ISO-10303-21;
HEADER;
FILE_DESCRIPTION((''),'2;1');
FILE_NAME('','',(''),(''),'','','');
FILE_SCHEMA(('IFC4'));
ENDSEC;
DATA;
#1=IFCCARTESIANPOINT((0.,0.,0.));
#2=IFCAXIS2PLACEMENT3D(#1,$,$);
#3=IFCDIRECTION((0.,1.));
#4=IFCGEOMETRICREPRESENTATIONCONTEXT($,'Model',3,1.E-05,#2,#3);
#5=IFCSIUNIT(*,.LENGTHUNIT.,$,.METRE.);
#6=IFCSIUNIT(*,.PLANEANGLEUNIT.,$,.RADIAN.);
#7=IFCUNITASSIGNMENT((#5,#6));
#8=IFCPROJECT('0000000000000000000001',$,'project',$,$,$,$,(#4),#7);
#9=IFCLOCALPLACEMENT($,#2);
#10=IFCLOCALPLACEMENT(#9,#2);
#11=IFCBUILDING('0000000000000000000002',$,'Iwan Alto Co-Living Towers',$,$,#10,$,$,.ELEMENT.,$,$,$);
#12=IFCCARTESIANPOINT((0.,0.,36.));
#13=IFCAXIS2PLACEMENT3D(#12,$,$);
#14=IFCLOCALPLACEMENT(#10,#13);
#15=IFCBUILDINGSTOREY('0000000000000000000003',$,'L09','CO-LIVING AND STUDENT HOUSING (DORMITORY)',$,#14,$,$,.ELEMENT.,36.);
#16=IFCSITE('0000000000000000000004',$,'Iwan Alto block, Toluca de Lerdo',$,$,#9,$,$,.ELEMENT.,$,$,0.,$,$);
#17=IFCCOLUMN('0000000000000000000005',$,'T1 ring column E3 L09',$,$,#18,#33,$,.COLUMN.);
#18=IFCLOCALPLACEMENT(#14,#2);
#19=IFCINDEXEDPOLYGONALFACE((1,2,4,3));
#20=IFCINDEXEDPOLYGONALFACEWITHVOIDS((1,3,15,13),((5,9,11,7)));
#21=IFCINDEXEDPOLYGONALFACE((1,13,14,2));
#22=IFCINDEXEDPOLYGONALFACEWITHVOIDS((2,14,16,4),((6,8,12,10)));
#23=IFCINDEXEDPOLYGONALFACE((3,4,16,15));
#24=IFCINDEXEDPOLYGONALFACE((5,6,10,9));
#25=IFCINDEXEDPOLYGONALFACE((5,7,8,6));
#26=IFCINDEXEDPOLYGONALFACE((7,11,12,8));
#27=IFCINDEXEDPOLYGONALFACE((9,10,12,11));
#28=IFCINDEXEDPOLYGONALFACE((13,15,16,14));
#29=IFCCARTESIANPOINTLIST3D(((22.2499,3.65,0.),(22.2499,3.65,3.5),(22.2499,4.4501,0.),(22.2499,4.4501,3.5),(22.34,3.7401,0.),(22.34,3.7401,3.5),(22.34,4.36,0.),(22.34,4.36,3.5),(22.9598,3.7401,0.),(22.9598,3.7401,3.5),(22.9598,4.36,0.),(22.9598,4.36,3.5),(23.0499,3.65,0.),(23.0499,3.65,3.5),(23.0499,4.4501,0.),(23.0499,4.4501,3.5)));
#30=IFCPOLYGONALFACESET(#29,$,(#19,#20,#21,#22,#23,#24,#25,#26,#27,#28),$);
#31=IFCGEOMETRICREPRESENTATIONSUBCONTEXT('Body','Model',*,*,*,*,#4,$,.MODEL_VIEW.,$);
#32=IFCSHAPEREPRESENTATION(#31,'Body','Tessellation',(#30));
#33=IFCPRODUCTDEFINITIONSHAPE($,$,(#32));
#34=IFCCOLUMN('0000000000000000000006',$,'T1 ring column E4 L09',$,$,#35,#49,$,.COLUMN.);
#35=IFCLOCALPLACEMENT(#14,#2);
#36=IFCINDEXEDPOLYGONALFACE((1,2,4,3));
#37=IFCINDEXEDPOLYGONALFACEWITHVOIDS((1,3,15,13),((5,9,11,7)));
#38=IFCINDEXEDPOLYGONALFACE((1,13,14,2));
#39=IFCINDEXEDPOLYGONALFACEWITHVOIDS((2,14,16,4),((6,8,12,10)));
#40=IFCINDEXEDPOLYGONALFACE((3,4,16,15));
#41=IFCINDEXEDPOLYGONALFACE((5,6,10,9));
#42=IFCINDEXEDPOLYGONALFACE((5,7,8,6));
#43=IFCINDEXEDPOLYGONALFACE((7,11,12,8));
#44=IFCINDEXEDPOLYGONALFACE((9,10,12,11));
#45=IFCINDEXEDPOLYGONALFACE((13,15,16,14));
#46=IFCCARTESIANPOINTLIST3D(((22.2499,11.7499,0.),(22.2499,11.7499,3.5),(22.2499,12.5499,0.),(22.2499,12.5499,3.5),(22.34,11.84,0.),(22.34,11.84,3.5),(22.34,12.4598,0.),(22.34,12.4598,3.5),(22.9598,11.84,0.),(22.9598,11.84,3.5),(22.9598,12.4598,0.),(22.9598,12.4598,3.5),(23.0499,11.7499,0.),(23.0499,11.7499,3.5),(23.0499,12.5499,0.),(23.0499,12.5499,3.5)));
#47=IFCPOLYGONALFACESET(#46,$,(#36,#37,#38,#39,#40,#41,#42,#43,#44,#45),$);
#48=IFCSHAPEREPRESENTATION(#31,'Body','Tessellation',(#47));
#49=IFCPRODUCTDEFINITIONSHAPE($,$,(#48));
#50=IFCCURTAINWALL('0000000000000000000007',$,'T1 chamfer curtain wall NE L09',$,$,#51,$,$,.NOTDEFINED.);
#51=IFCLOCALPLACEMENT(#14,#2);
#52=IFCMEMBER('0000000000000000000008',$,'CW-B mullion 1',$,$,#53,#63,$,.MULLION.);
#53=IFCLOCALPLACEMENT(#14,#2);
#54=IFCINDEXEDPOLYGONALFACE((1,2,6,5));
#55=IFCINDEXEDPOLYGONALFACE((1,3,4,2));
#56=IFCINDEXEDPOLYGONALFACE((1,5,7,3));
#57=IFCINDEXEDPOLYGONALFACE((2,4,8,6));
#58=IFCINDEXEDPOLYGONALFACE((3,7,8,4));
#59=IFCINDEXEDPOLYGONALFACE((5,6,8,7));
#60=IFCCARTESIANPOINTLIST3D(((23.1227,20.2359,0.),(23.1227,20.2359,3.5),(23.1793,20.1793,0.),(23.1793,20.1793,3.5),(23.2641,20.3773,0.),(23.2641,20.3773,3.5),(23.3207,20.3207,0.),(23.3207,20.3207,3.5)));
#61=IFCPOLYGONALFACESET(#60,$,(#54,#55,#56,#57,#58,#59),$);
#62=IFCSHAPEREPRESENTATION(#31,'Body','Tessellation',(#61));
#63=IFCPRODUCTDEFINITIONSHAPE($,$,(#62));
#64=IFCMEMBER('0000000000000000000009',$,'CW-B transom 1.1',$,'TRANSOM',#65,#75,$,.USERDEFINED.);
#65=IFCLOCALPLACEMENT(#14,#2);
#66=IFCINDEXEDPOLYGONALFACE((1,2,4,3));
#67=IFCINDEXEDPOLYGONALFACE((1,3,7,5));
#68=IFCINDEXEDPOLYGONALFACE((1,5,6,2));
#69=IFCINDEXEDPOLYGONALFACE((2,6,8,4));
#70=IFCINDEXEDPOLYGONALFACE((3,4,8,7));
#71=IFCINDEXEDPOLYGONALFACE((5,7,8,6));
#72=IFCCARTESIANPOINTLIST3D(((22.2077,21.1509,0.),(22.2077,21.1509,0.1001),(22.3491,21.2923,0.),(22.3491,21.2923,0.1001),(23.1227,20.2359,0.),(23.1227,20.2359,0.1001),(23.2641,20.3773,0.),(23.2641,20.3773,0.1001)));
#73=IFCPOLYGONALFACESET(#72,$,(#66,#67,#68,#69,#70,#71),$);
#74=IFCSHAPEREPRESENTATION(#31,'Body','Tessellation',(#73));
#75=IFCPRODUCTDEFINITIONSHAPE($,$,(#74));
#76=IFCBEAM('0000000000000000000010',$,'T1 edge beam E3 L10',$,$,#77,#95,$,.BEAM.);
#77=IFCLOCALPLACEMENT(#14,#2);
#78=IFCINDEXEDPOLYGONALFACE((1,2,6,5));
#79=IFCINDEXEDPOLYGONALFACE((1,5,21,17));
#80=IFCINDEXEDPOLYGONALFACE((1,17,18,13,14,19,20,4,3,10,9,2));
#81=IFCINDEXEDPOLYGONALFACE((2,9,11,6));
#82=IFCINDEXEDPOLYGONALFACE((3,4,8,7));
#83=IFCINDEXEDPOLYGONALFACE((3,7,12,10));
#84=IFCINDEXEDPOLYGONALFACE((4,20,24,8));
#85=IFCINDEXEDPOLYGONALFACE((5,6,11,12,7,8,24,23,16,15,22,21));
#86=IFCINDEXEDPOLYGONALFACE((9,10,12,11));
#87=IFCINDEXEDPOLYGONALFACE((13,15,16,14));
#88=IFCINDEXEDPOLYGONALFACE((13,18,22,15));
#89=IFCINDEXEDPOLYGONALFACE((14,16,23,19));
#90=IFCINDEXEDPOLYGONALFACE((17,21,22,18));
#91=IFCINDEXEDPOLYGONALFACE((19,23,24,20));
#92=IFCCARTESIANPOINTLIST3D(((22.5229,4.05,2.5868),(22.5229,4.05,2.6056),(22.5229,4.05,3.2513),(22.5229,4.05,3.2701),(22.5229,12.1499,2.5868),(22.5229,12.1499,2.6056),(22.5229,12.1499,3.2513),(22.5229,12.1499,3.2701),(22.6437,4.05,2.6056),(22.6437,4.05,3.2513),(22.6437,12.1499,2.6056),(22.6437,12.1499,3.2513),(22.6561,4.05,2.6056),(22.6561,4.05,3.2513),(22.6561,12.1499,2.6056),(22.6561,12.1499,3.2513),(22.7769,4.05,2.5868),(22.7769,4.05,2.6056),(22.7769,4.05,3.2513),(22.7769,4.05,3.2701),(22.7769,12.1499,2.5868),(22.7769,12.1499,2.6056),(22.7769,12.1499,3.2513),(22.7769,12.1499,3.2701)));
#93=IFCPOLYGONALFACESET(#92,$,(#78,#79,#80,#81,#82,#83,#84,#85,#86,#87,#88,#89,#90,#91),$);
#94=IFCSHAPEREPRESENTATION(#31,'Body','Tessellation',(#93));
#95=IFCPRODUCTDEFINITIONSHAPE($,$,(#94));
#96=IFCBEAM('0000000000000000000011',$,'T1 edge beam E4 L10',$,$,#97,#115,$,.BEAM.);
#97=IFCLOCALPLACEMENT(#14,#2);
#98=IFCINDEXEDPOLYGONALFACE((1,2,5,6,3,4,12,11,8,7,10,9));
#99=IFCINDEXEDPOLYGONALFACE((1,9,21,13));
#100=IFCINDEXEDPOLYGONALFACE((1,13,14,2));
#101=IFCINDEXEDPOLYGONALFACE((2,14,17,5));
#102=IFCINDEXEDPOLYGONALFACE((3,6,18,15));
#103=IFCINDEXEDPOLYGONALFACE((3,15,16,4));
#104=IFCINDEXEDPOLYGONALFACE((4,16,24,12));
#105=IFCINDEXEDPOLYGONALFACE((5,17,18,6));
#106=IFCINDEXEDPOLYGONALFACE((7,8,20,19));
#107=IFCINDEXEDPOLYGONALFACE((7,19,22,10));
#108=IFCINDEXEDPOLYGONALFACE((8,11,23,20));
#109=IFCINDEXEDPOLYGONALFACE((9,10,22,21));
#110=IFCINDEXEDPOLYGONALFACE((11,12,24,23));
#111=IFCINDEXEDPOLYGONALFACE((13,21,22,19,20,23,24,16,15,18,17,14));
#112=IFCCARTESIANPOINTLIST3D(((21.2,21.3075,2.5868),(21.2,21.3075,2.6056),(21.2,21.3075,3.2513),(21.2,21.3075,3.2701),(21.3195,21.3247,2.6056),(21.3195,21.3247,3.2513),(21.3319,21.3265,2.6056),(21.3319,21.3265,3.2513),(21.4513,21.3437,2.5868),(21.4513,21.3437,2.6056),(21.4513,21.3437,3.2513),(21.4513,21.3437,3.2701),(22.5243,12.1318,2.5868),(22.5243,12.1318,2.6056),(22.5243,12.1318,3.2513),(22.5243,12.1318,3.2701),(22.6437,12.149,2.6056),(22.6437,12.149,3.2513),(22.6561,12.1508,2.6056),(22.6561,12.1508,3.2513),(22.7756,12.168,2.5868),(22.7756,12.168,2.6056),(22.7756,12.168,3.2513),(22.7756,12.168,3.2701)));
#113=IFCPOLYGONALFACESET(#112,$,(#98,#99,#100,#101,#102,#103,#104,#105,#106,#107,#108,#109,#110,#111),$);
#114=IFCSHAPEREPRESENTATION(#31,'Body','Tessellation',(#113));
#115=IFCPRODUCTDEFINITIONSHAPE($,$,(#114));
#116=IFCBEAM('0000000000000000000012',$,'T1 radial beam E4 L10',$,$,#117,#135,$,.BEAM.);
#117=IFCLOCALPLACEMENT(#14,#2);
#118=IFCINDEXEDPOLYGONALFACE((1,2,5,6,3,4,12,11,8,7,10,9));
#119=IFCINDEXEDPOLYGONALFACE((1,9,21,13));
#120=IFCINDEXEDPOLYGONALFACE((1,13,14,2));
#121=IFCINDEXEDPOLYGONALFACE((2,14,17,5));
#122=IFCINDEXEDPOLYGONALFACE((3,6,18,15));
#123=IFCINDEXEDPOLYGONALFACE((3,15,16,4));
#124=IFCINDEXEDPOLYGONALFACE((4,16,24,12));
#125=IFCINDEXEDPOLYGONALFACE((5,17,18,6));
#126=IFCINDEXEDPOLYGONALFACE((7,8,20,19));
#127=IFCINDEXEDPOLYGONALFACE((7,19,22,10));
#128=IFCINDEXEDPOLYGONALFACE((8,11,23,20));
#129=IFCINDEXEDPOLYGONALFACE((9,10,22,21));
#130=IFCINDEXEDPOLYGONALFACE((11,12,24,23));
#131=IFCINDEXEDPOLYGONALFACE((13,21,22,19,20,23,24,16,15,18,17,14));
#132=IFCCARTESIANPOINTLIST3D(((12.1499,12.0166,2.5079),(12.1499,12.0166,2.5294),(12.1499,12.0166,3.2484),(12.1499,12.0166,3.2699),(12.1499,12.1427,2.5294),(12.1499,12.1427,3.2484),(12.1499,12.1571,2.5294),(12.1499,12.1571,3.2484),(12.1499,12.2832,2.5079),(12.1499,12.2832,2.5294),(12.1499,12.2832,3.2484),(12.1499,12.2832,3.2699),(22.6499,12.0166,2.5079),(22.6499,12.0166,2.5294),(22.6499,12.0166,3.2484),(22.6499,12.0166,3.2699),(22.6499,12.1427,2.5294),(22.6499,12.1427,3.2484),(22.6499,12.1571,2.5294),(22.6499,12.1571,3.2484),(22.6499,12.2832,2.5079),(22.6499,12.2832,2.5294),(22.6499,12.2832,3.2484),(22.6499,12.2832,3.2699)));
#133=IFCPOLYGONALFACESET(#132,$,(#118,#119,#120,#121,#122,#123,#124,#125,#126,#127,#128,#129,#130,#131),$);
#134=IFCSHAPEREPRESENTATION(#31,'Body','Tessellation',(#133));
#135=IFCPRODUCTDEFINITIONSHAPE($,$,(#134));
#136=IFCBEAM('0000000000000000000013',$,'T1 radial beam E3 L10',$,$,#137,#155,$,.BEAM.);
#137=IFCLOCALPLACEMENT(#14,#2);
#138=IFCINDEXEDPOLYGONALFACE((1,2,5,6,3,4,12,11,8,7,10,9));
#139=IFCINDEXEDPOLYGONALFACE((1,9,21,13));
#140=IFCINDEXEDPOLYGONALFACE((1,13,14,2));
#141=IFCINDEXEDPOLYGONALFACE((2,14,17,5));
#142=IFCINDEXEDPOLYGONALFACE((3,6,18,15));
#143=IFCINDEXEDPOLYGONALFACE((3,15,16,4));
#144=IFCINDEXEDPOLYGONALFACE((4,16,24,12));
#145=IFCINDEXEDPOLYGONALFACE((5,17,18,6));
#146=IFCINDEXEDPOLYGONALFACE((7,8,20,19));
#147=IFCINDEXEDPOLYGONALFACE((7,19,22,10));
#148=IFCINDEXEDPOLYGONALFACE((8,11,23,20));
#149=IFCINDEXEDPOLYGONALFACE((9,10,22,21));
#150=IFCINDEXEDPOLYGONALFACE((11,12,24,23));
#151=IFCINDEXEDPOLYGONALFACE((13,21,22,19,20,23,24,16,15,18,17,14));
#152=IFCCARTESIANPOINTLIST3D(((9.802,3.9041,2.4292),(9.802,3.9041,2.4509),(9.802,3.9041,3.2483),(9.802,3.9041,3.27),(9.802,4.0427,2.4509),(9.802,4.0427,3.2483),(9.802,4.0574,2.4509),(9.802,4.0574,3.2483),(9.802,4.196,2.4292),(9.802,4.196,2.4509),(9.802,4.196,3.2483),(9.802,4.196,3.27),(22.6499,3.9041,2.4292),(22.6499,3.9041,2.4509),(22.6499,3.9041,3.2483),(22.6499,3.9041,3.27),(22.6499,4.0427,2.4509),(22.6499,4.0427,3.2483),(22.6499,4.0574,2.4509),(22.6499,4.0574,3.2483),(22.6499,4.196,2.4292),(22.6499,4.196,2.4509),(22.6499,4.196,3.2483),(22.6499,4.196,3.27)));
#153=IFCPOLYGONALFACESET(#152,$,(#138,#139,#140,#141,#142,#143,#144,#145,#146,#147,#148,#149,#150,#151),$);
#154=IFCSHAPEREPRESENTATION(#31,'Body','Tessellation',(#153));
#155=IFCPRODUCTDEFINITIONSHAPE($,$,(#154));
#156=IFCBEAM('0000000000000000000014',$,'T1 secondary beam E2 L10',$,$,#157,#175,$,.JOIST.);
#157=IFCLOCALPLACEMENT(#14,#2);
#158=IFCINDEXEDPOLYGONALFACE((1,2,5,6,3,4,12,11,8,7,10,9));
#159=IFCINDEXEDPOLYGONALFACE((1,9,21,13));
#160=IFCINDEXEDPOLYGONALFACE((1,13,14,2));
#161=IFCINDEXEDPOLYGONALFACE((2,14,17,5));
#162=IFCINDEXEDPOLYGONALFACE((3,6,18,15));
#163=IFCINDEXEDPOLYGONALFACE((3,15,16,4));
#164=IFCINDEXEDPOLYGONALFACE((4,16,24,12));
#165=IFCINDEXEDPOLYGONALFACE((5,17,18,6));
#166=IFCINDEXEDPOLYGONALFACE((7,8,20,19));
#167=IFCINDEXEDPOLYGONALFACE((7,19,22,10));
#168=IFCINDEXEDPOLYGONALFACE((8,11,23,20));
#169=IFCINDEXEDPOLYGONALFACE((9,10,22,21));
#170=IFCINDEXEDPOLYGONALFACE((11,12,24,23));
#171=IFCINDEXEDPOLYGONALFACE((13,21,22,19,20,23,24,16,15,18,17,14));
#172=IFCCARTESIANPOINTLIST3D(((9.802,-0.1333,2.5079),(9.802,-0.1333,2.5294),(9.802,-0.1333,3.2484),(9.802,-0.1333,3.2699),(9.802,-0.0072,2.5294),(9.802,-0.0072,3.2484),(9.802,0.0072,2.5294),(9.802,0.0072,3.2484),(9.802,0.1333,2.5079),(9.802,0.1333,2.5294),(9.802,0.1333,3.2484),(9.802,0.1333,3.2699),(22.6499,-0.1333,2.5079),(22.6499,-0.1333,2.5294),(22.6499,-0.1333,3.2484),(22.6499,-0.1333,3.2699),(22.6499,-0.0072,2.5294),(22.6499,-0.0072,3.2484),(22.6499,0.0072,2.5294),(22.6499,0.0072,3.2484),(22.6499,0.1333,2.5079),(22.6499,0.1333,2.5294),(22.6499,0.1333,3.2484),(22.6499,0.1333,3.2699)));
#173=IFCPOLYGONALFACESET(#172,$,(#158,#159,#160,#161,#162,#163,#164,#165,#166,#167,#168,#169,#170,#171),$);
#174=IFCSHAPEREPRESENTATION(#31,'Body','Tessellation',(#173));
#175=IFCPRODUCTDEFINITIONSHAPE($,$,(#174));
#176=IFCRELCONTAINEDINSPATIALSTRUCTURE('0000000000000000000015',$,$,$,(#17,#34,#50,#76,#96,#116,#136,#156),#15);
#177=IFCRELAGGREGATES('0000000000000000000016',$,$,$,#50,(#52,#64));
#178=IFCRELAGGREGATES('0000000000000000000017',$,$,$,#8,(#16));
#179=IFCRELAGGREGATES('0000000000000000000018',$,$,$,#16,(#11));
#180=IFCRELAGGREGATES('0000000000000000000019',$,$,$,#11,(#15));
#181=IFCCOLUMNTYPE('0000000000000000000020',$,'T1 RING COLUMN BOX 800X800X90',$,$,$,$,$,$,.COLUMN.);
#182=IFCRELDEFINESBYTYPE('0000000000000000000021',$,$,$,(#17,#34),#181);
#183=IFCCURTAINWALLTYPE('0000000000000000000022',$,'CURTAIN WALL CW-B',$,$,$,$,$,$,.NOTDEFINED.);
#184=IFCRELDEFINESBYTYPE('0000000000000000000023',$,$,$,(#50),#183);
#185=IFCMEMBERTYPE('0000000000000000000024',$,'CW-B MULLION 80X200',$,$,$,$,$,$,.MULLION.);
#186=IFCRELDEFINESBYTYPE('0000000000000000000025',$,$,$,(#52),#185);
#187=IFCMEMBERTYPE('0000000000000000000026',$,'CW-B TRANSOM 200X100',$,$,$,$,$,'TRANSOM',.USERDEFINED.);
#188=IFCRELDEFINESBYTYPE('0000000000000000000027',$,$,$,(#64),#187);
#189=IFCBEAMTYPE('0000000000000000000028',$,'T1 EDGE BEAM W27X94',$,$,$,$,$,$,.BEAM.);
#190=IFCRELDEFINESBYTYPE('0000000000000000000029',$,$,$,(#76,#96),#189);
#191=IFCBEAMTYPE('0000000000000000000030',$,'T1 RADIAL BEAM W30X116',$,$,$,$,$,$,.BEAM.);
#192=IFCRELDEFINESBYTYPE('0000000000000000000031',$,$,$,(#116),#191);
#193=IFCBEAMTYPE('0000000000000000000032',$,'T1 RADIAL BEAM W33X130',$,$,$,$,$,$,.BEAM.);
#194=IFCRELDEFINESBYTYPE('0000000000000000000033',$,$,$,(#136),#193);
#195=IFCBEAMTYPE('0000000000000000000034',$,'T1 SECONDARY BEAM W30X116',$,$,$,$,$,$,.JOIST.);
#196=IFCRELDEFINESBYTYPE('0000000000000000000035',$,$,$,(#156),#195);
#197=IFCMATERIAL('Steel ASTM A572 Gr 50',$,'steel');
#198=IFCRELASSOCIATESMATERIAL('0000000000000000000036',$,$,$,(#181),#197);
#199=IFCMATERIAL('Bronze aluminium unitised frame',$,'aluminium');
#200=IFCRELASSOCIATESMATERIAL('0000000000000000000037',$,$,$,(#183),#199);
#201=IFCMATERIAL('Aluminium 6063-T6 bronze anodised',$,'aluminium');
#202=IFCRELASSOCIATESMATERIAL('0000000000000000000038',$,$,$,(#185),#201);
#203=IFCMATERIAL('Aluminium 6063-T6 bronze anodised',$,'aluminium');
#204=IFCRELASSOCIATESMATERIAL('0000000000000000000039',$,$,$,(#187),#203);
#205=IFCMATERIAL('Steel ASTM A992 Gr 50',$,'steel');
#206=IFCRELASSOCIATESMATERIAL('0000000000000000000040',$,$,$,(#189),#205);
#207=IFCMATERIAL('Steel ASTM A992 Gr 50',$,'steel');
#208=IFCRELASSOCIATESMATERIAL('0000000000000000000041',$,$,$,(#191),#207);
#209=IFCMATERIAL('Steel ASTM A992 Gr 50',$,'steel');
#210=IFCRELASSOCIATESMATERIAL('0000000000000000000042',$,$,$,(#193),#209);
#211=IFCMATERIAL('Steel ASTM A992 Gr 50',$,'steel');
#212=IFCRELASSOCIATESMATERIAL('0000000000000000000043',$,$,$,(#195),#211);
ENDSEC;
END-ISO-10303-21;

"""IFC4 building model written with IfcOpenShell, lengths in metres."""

from ifc_helpers import new_model, si_unit, direction, frame, origin, origin_2d, place, context, subcontext, project, spatial, rectangle, hollow_rectangle, i_section, extrude, material, material_profile, profile_set, type_object, element, aggregate, save


model = new_model("IFC4")

# Units and contexts
model_context = context("Model", 3, precision=1e-05, world=origin(), true_north=direction((0.0, 1.0)))
body_context = subcontext(model_context, "Body", "Model", "MODEL_VIEW")
ifc_project = project(units=[si_unit("LENGTHUNIT", "METRE"), si_unit("PLANEANGLEUNIT", "RADIAN")], contexts=[model_context])

# Site, building, storey
site_placement = place(None, origin())
site = spatial("IfcSite", under=ifc_project, at=site_placement, Name="Iwan Alto block, Toluca de Lerdo", CompositionType="ELEMENT", RefElevation=0.0)
building_placement = place(site_placement, origin())
building = spatial("IfcBuilding", under=site, at=building_placement, Name="Iwan Alto Co-Living Towers", CompositionType="ELEMENT")
storey_placement = place(building_placement, frame((0.0, 0.0, 36.0)))
storey = spatial("IfcBuildingStorey", under=building, at=storey_placement, Name="L09", Description="CO-LIVING AND STUDENT HOUSING (DORMITORY)", CompositionType="ELEMENT", Elevation=36.0)

# Columns
ifc_material_1 = material(Name="Steel ASTM A572 Gr 50", Category="steel")
ifc_material_profile_1 = material_profile(ifc_material_1, hollow_rectangle(XDim=0.8, YDim=0.8, WallThickness=0.0901, at=origin_2d()), Name="BOX 800X800X90")
ifc_profile_set_1 = profile_set([ifc_material_profile_1], Name="Steel ASTM A572 Gr 50")
column_type = type_object("IfcColumnType", Name="T1 RING COLUMN BOX 800X800X90", PredefinedType="COLUMN", material=ifc_profile_set_1)
for number, where, z_axis, x_axis, name in (
    (1, (22.6499, 4.05, 0.0), (0.0, 0.0, 1.0), (1.0, 0.0, 0.0), "T1 ring column E3 L09"),
    (2, (22.6499, 12.1499, 0.0), (0.0, 0.0, 1.0), (1.0, 0.0, 0.0), "T1 ring column E4 L09"),
):
    element("IfcColumn", number, at=place(storey_placement, frame(where, z_axis=z_axis, x_axis=x_axis)), inside=storey, type_object=column_type, Name=name, PredefinedType="COLUMN", context=body_context, shape_type="SweptSolid", body=[
        extrude(hollow_rectangle(XDim=0.8, YDim=0.8, WallThickness=0.0901, at=origin_2d()), origin(), (0.0, 0.0, 1.0), 3.5),
    ])

# Curtain wall, members
ifc_material_2 = material(Name="Bronze aluminium unitised frame", Category="aluminium")
curtain_wall_type = type_object("IfcCurtainWallType", Name="CURTAIN WALL CW-B", PredefinedType="NOTDEFINED", material=ifc_material_2)
curtain_wall_placement = place(storey_placement, origin())
curtain_wall = element("IfcCurtainWall", 3, at=curtain_wall_placement, inside=storey, type_object=curtain_wall_type, Name="T1 chamfer curtain wall NE L09", PredefinedType="NOTDEFINED")
ifc_material_3 = material(Name="Aluminium 6063-T6 bronze anodised", Category="aluminium")
ifc_material_profile_2 = material_profile(ifc_material_3, rectangle(XDim=0.2, YDim=0.0801, at=origin_2d()), Name="AL 80X200")
ifc_profile_set_2 = profile_set([ifc_material_profile_2], Name="Aluminium 6063-T6 bronze anodised")
member_type_1 = type_object("IfcMemberType", Name="CW-B MULLION 80X200", PredefinedType="MULLION", material=ifc_profile_set_2)
member_1_placement = place(storey_placement, frame((23.2217, 20.2783, 0.0), z_axis=(0.0, 0.0, 1.0), x_axis=(-0.707107, -0.707107, 0.0)))
member_1 = element("IfcMember", 4, at=member_1_placement, type_object=member_type_1, Name="CW-B mullion 1", PredefinedType="MULLION", context=body_context, shape_type="SweptSolid", body=[
    extrude(rectangle(XDim=0.2, YDim=0.0801, at=origin_2d()), origin(), (0.0, 0.0, 1.0), 3.5),
])
ifc_material_4 = material(Name="Aluminium 6063-T6 bronze anodised", Category="aluminium")
ifc_material_profile_3 = material_profile(ifc_material_4, rectangle(XDim=0.2, YDim=0.1001, at=origin_2d()), Name="AL 200X100")
ifc_profile_set_3 = profile_set([ifc_material_profile_3], Name="Aluminium 6063-T6 bronze anodised")
member_type_2 = type_object("IfcMemberType", Name="CW-B TRANSOM 200X100", ElementType="TRANSOM", PredefinedType="USERDEFINED", material=ifc_profile_set_3)
member_2_placement = place(storey_placement, frame((23.1934, 20.3066, 0.05), z_axis=(-0.707107, 0.707107, 0.0), x_axis=(-0.707107, -0.707107, 0.0)))
member_2 = element("IfcMember", 5, at=member_2_placement, type_object=member_type_2, Name="CW-B transom 1.1", ObjectType="TRANSOM", PredefinedType="USERDEFINED", context=body_context, shape_type="SweptSolid", body=[
    extrude(rectangle(XDim=0.2, YDim=0.1001, at=origin_2d()), origin(), (0.0, 0.0, 1.0), 1.2939),
])
aggregate(curtain_wall, [member_1, member_2])

# Beams
ifc_material_5 = material(Name="Steel ASTM A992 Gr 50", Category="steel")
ifc_material_profile_4 = material_profile(ifc_material_5, i_section(OverallWidth=0.2539, OverallDepth=0.6833, WebThickness=0.0125, FlangeThickness=0.0188, at=origin_2d()), Name="W27X94")
ifc_profile_set_4 = profile_set([ifc_material_profile_4], Name="Steel ASTM A992 Gr 50")
beam_type_1 = type_object("IfcBeamType", Name="T1 EDGE BEAM W27X94", PredefinedType="BEAM", material=ifc_profile_set_4)
beam_1_placement = place(storey_placement, frame((22.6499, 4.05, 2.9285), z_axis=(0.0, 1.0, 0.0), x_axis=(-1.0, 0.0, 0.0)))
element("IfcBeam", 6, at=beam_1_placement, inside=storey, type_object=beam_type_1, Name="T1 edge beam E3 L10", PredefinedType="BEAM", context=body_context, shape_type="SweptSolid", body=[
    extrude(i_section(OverallWidth=0.2539, OverallDepth=0.6833, WebThickness=0.0125, FlangeThickness=0.0188, at=origin_2d()), origin(), (0.0, 0.0, 1.0), 8.0999),
])
beam_2_placement = place(storey_placement, frame((22.6499, 12.1499, 2.9285), z_axis=(-0.142837, 0.989746, 0.0), x_axis=(-0.989746, -0.142837, 0.0)))
element("IfcBeam", 7, at=beam_2_placement, inside=storey, type_object=beam_type_1, Name="T1 edge beam E4 L10", PredefinedType="BEAM", context=body_context, shape_type="SweptSolid", body=[
    extrude(i_section(OverallWidth=0.2539, OverallDepth=0.6833, WebThickness=0.0125, FlangeThickness=0.0188, at=origin_2d()), origin(), (0.0, 0.0, 1.0), 9.2708),
])
ifc_material_6 = material(Name="Steel ASTM A992 Gr 50", Category="steel")
ifc_material_profile_5 = material_profile(ifc_material_6, i_section(OverallWidth=0.2666, OverallDepth=0.762, WebThickness=0.0144, FlangeThickness=0.0215, at=origin_2d()), Name="W30X116")
ifc_profile_set_5 = profile_set([ifc_material_profile_5], Name="Steel ASTM A992 Gr 50")
beam_type_2 = type_object("IfcBeamType", Name="T1 RADIAL BEAM W30X116", PredefinedType="BEAM", material=ifc_profile_set_5)
beam_3_placement = place(storey_placement, frame((22.6499, 12.1499, 2.8889), z_axis=(-1.0, 0.0, 0.0), x_axis=(0.0, -1.0, 0.0)))
element("IfcBeam", 8, at=beam_3_placement, inside=storey, type_object=beam_type_2, Name="T1 radial beam E4 L10", PredefinedType="BEAM", context=body_context, shape_type="SweptSolid", body=[
    extrude(i_section(OverallWidth=0.2666, OverallDepth=0.762, WebThickness=0.0144, FlangeThickness=0.0215, at=origin_2d()), origin(), (0.0, 0.0, 1.0), 10.5),
])
ifc_material_7 = material(Name="Steel ASTM A992 Gr 50", Category="steel")
ifc_material_profile_6 = material_profile(ifc_material_7, i_section(OverallWidth=0.292, OverallDepth=0.8408, WebThickness=0.0146, FlangeThickness=0.0217, at=origin_2d()), Name="W33X130")
ifc_profile_set_6 = profile_set([ifc_material_profile_6], Name="Steel ASTM A992 Gr 50")
beam_type_3 = type_object("IfcBeamType", Name="T1 RADIAL BEAM W33X130", PredefinedType="BEAM", material=ifc_profile_set_6)
beam_4_placement = place(storey_placement, frame((22.6499, 4.05, 2.8496), z_axis=(-1.0, 0.0, 0.0), x_axis=(0.0, -1.0, 0.0)))
element("IfcBeam", 9, at=beam_4_placement, inside=storey, type_object=beam_type_3, Name="T1 radial beam E3 L10", PredefinedType="BEAM", context=body_context, shape_type="SweptSolid", body=[
    extrude(i_section(OverallWidth=0.292, OverallDepth=0.8408, WebThickness=0.0146, FlangeThickness=0.0217, at=origin_2d()), origin(), (0.0, 0.0, 1.0), 12.8479),
])
ifc_material_8 = material(Name="Steel ASTM A992 Gr 50", Category="steel")
ifc_material_profile_7 = material_profile(ifc_material_8, i_section(OverallWidth=0.2666, OverallDepth=0.762, WebThickness=0.0144, FlangeThickness=0.0215, at=origin_2d()), Name="W30X116")
ifc_profile_set_7 = profile_set([ifc_material_profile_7], Name="Steel ASTM A992 Gr 50")
beam_type_4 = type_object("IfcBeamType", Name="T1 SECONDARY BEAM W30X116", PredefinedType="JOIST", material=ifc_profile_set_7)
for number, where, z_axis, x_axis, name in (
    (10, (22.6499, 0.0, 2.8889), (-1.0, 0.0, 0.0), (0.0, -1.0, 0.0), "T1 secondary beam E2 L10"),
):
    element("IfcBeam", number, at=place(storey_placement, frame(where, z_axis=z_axis, x_axis=x_axis)), inside=storey, type_object=beam_type_4, Name=name, PredefinedType="JOIST", context=body_context, shape_type="SweptSolid", body=[
        extrude(i_section(OverallWidth=0.2666, OverallDepth=0.762, WebThickness=0.0144, FlangeThickness=0.0215, at=origin_2d()), origin(), (0.0, 0.0, 1.0), 12.8479),
    ])

save(model, "model.ifc")
